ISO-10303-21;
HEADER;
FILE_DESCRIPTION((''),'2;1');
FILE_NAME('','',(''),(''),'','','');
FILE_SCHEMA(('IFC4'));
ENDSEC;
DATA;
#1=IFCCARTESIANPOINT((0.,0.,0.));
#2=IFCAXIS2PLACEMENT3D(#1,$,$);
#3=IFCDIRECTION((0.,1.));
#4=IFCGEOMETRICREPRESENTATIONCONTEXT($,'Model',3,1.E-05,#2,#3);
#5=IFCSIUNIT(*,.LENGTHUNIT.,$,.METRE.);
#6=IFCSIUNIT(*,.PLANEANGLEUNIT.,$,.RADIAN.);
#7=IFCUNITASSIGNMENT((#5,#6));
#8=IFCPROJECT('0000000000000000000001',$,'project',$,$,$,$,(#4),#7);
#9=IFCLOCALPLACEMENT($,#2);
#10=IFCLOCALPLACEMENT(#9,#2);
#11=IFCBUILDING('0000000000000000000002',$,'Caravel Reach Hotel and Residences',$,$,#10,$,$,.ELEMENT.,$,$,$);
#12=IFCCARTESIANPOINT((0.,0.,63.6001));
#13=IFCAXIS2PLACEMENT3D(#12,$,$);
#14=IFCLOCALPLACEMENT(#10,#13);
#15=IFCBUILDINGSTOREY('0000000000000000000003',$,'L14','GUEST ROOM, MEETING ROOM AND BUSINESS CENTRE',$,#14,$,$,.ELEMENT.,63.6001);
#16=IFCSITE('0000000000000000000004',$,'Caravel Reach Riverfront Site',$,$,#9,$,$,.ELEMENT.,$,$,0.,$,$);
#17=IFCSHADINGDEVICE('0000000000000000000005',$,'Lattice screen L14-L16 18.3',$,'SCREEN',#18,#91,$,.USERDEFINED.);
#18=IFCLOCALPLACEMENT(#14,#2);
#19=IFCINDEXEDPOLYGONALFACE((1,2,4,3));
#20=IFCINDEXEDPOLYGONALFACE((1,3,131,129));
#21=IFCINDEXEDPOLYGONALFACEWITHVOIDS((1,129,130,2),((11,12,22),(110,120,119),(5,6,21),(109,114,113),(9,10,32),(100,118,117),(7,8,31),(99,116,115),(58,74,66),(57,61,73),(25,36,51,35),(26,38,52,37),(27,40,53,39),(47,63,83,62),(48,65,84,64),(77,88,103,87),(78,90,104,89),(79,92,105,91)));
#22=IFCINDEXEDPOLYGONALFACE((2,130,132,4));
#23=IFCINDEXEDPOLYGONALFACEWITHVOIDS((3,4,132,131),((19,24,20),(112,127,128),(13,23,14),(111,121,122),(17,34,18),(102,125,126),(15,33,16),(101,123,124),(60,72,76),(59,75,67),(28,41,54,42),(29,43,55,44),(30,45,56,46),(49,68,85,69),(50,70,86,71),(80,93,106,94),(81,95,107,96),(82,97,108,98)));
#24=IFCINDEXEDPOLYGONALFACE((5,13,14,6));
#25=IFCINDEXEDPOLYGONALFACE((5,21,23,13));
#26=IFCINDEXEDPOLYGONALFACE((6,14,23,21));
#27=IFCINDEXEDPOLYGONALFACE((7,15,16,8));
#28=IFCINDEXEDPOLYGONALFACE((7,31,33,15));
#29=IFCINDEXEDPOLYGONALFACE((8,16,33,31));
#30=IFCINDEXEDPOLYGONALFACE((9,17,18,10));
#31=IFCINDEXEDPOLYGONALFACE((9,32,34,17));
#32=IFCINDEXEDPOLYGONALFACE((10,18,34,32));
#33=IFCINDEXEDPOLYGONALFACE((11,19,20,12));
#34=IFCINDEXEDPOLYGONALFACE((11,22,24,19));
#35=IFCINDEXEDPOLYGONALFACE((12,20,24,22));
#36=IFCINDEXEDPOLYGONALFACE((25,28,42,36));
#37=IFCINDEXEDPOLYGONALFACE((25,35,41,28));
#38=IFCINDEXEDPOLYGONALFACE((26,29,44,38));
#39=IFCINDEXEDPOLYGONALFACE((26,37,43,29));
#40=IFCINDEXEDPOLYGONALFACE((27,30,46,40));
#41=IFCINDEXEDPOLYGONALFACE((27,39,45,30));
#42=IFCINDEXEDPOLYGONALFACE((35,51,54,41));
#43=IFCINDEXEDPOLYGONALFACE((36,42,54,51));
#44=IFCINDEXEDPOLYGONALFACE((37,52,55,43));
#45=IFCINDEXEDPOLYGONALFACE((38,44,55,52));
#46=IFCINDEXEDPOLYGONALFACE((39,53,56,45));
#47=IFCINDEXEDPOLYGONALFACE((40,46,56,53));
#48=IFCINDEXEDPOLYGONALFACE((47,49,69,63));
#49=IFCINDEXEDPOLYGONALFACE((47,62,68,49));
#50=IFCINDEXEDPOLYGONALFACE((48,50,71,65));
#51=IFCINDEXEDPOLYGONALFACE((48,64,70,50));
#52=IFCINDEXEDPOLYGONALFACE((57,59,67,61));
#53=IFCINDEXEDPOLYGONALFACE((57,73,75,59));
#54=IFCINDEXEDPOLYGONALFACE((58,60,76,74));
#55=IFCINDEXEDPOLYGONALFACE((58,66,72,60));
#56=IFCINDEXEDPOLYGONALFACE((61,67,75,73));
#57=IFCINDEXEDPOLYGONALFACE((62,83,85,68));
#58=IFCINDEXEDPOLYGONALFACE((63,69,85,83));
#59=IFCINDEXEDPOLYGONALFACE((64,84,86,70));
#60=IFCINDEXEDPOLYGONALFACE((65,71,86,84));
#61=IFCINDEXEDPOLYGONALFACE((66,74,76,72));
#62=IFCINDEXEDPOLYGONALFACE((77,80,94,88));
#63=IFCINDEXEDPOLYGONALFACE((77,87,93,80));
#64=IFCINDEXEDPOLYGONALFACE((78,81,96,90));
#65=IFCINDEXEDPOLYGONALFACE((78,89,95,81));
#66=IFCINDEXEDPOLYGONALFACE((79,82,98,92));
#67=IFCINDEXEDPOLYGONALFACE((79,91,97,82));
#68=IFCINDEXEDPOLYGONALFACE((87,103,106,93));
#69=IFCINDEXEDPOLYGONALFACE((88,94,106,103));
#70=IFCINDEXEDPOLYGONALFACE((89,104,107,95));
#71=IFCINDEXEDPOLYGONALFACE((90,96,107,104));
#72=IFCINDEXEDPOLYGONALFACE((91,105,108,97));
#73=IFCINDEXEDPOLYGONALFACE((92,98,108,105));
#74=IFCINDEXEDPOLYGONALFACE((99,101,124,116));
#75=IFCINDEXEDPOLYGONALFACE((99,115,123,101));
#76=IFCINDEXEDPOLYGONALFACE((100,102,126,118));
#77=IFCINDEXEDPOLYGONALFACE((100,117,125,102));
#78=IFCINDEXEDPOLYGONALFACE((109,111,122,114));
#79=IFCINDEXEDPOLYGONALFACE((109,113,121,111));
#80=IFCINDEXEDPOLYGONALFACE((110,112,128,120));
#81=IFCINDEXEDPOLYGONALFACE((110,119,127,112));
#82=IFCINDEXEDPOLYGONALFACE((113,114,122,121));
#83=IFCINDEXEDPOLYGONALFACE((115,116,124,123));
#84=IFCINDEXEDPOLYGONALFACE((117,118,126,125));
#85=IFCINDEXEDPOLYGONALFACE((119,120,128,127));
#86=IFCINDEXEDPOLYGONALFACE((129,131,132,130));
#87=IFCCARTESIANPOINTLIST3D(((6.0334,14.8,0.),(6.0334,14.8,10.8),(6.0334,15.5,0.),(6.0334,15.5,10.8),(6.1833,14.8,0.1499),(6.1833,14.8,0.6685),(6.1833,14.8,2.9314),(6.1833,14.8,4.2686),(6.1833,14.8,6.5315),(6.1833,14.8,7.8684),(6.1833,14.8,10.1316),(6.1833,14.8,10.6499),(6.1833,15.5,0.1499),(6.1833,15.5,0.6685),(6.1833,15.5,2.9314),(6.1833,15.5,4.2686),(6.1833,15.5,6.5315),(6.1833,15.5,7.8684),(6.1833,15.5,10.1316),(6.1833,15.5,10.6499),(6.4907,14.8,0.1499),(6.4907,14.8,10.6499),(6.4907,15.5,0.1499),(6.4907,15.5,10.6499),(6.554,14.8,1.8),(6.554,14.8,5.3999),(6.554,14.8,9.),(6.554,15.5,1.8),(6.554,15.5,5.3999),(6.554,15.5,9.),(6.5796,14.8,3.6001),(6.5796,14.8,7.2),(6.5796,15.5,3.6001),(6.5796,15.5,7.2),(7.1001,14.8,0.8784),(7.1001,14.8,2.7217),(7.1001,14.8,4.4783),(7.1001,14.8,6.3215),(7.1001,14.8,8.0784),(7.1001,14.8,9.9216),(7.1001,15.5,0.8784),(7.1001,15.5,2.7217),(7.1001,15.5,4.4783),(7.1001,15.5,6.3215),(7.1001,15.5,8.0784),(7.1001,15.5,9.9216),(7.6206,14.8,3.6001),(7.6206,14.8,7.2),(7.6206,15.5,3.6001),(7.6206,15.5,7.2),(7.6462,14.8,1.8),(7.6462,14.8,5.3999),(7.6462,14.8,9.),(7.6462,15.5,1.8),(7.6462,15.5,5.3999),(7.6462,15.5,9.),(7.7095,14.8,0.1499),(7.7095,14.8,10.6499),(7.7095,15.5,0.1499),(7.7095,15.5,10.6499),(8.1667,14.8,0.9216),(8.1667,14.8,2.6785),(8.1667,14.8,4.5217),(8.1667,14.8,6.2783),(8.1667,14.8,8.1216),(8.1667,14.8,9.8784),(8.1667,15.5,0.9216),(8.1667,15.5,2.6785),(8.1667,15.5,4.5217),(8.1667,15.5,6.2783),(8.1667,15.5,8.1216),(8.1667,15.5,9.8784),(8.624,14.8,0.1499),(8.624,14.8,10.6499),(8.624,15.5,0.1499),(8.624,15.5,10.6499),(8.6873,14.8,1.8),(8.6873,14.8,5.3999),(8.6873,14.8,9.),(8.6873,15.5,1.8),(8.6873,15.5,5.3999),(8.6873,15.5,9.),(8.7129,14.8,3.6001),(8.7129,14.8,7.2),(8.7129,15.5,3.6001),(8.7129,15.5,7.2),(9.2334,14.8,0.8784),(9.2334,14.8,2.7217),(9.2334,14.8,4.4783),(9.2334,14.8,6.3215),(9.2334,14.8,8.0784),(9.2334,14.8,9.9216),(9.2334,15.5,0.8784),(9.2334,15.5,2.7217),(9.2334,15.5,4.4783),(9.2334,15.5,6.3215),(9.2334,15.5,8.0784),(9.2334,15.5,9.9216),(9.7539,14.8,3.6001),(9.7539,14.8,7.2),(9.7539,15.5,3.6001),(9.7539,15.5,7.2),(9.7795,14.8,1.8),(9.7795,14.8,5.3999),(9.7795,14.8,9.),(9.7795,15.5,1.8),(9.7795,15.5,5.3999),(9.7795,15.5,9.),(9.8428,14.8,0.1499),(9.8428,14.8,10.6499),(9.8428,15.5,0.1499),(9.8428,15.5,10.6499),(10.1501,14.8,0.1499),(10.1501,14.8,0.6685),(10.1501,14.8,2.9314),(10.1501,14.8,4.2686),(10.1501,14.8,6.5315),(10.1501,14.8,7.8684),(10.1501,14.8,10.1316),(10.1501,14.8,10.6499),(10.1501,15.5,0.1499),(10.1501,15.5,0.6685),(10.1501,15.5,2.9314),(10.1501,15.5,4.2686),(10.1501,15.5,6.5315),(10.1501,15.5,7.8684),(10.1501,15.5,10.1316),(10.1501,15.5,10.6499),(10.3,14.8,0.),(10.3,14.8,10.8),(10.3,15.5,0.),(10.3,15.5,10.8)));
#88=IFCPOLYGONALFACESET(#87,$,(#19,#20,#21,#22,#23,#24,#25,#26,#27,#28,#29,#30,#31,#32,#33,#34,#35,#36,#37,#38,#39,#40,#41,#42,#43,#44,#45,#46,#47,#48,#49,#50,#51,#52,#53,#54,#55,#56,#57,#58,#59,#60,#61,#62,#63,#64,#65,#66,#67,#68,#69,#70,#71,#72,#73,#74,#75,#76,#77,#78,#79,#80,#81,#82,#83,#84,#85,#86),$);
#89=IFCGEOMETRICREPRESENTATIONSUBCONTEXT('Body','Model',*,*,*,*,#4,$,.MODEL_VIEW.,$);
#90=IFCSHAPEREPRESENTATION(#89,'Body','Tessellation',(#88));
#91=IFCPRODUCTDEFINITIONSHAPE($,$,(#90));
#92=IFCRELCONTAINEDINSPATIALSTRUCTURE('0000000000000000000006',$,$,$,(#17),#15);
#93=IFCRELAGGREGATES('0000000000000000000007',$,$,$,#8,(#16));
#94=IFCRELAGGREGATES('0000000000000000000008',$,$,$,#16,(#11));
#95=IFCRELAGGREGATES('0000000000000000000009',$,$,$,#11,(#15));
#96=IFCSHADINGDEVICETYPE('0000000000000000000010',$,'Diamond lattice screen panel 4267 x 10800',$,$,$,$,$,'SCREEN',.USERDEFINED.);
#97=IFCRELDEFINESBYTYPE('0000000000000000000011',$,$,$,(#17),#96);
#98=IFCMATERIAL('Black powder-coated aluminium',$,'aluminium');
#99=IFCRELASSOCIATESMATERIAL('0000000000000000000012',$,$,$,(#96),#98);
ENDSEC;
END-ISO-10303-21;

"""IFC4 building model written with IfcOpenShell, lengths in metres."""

from ifc_helpers import new_model, si_unit, direction, frame, origin, place, context, subcontext, project, spatial, polyline, outline, extrude, material, type_object, element, save


model = new_model("IFC4")

# Units and contexts
model_context = context("Model", 3, precision=1e-05, world=origin(), true_north=direction((0.0, 1.0)))
body_context = subcontext(model_context, "Body", "Model", "MODEL_VIEW")
ifc_project = project(units=[si_unit("LENGTHUNIT", "METRE"), si_unit("PLANEANGLEUNIT", "RADIAN")], contexts=[model_context])

# Site, building, storey
site_placement = place(None, origin())
site = spatial("IfcSite", under=ifc_project, at=site_placement, Name="Caravel Reach Riverfront Site", CompositionType="ELEMENT", RefElevation=0.0)
building_placement = place(site_placement, origin())
building = spatial("IfcBuilding", under=site, at=building_placement, Name="Caravel Reach Hotel and Residences", CompositionType="ELEMENT")
storey_placement = place(building_placement, frame((0.0, 0.0, 63.6001)))
storey = spatial("IfcBuildingStorey", under=building, at=storey_placement, Name="L14", Description="GUEST ROOM, MEETING ROOM AND BUSINESS CENTRE", CompositionType="ELEMENT", Elevation=63.6001)

# Shading device
ifc_material_1 = material(Name="Black powder-coated aluminium", Category="aluminium")
shading_device_type_1 = type_object("IfcShadingDeviceType", Name="Diamond lattice screen panel 4267 x 10800", ElementType="SCREEN", PredefinedType="USERDEFINED", material=ifc_material_1)
shading_device_1_placement = place(storey_placement, frame((6.0334, 15.5, 0.0), z_axis=(0.0, -1.0, 0.0), x_axis=(1.0, 0.0, 0.0)))
element("IfcShadingDevice", 1, at=shading_device_1_placement, inside=storey, type_object=shading_device_type_1, Name="Lattice screen L14-L16 18.3", ObjectType="SCREEN", PredefinedType="USERDEFINED", context=body_context, shape_type="SweptSolid", body=[
    extrude(outline(polyline([(0.0, 0.0), (4.2666, 0.0), (4.2666, 10.8), (0.0, 10.8), (0.0, 0.0)]), holes=[polyline([(0.4573, 0.1499), (0.1499, 0.6685), (0.1499, 0.1499), (0.4573, 0.1499)]), polyline([(0.5461, 3.6001), (0.1499, 4.2686), (0.1499, 2.9314), (0.5461, 3.6001)]), polyline([(0.5461, 7.2), (0.1499, 7.8684), (0.1499, 6.5315), (0.5461, 7.2)]), polyline([(0.1499, 10.1316), (0.4573, 10.6499), (0.1499, 10.6499), (0.1499, 10.1316)]), polyline([(1.0667, 2.7217), (0.5205, 1.8), (1.0667, 0.8784), (1.6128, 1.8), (1.0667, 2.7217)]), polyline([(1.0667, 6.3215), (0.5205, 5.3999), (1.0667, 4.4783), (1.6128, 5.3999), (1.0667, 6.3215)]), polyline([(1.0667, 9.9216), (0.5205, 9.0), (1.0667, 8.0784), (1.6128, 9.0), (1.0667, 9.9216)]), polyline([(2.1333, 0.9216), (1.676, 0.1499), (2.5906, 0.1499), (2.1333, 0.9216)]), polyline([(2.1333, 4.5217), (1.5872, 3.6001), (2.1333, 2.6785), (2.6794, 3.6001), (2.1333, 4.5217)]), polyline([(2.1333, 8.1216), (1.5872, 7.2), (2.1333, 6.2783), (2.6794, 7.2), (2.1333, 8.1216)]), polyline([(2.1333, 9.8784), (2.5906, 10.6499), (1.676, 10.6499), (2.1333, 9.8784)]), polyline([(3.2, 2.7217), (2.6538, 1.8), (3.2, 0.8784), (3.7461, 1.8), (3.2, 2.7217)]), polyline([(3.2, 6.3215), (2.6538, 5.3999), (3.2, 4.4783), (3.7461, 5.3999), (3.2, 6.3215)]), polyline([(3.2, 9.9216), (2.6538, 9.0), (3.2, 8.0784), (3.7461, 9.0), (3.2, 9.9216)]), polyline([(4.1167, 0.6685), (3.8093, 0.1499), (4.1167, 0.1499), (4.1167, 0.6685)]), polyline([(3.7205, 3.6001), (4.1167, 2.9314), (4.1167, 4.2686), (3.7205, 3.6001)]), polyline([(3.7205, 7.2), (4.1167, 6.5315), (4.1167, 7.8684), (3.7205, 7.2)]), polyline([(3.8093, 10.6499), (4.1167, 10.1316), (4.1167, 10.6499), (3.8093, 10.6499)])]), origin(), (0.0, 0.0, 1.0), 0.7),
])

save(model, "model.ifc")
